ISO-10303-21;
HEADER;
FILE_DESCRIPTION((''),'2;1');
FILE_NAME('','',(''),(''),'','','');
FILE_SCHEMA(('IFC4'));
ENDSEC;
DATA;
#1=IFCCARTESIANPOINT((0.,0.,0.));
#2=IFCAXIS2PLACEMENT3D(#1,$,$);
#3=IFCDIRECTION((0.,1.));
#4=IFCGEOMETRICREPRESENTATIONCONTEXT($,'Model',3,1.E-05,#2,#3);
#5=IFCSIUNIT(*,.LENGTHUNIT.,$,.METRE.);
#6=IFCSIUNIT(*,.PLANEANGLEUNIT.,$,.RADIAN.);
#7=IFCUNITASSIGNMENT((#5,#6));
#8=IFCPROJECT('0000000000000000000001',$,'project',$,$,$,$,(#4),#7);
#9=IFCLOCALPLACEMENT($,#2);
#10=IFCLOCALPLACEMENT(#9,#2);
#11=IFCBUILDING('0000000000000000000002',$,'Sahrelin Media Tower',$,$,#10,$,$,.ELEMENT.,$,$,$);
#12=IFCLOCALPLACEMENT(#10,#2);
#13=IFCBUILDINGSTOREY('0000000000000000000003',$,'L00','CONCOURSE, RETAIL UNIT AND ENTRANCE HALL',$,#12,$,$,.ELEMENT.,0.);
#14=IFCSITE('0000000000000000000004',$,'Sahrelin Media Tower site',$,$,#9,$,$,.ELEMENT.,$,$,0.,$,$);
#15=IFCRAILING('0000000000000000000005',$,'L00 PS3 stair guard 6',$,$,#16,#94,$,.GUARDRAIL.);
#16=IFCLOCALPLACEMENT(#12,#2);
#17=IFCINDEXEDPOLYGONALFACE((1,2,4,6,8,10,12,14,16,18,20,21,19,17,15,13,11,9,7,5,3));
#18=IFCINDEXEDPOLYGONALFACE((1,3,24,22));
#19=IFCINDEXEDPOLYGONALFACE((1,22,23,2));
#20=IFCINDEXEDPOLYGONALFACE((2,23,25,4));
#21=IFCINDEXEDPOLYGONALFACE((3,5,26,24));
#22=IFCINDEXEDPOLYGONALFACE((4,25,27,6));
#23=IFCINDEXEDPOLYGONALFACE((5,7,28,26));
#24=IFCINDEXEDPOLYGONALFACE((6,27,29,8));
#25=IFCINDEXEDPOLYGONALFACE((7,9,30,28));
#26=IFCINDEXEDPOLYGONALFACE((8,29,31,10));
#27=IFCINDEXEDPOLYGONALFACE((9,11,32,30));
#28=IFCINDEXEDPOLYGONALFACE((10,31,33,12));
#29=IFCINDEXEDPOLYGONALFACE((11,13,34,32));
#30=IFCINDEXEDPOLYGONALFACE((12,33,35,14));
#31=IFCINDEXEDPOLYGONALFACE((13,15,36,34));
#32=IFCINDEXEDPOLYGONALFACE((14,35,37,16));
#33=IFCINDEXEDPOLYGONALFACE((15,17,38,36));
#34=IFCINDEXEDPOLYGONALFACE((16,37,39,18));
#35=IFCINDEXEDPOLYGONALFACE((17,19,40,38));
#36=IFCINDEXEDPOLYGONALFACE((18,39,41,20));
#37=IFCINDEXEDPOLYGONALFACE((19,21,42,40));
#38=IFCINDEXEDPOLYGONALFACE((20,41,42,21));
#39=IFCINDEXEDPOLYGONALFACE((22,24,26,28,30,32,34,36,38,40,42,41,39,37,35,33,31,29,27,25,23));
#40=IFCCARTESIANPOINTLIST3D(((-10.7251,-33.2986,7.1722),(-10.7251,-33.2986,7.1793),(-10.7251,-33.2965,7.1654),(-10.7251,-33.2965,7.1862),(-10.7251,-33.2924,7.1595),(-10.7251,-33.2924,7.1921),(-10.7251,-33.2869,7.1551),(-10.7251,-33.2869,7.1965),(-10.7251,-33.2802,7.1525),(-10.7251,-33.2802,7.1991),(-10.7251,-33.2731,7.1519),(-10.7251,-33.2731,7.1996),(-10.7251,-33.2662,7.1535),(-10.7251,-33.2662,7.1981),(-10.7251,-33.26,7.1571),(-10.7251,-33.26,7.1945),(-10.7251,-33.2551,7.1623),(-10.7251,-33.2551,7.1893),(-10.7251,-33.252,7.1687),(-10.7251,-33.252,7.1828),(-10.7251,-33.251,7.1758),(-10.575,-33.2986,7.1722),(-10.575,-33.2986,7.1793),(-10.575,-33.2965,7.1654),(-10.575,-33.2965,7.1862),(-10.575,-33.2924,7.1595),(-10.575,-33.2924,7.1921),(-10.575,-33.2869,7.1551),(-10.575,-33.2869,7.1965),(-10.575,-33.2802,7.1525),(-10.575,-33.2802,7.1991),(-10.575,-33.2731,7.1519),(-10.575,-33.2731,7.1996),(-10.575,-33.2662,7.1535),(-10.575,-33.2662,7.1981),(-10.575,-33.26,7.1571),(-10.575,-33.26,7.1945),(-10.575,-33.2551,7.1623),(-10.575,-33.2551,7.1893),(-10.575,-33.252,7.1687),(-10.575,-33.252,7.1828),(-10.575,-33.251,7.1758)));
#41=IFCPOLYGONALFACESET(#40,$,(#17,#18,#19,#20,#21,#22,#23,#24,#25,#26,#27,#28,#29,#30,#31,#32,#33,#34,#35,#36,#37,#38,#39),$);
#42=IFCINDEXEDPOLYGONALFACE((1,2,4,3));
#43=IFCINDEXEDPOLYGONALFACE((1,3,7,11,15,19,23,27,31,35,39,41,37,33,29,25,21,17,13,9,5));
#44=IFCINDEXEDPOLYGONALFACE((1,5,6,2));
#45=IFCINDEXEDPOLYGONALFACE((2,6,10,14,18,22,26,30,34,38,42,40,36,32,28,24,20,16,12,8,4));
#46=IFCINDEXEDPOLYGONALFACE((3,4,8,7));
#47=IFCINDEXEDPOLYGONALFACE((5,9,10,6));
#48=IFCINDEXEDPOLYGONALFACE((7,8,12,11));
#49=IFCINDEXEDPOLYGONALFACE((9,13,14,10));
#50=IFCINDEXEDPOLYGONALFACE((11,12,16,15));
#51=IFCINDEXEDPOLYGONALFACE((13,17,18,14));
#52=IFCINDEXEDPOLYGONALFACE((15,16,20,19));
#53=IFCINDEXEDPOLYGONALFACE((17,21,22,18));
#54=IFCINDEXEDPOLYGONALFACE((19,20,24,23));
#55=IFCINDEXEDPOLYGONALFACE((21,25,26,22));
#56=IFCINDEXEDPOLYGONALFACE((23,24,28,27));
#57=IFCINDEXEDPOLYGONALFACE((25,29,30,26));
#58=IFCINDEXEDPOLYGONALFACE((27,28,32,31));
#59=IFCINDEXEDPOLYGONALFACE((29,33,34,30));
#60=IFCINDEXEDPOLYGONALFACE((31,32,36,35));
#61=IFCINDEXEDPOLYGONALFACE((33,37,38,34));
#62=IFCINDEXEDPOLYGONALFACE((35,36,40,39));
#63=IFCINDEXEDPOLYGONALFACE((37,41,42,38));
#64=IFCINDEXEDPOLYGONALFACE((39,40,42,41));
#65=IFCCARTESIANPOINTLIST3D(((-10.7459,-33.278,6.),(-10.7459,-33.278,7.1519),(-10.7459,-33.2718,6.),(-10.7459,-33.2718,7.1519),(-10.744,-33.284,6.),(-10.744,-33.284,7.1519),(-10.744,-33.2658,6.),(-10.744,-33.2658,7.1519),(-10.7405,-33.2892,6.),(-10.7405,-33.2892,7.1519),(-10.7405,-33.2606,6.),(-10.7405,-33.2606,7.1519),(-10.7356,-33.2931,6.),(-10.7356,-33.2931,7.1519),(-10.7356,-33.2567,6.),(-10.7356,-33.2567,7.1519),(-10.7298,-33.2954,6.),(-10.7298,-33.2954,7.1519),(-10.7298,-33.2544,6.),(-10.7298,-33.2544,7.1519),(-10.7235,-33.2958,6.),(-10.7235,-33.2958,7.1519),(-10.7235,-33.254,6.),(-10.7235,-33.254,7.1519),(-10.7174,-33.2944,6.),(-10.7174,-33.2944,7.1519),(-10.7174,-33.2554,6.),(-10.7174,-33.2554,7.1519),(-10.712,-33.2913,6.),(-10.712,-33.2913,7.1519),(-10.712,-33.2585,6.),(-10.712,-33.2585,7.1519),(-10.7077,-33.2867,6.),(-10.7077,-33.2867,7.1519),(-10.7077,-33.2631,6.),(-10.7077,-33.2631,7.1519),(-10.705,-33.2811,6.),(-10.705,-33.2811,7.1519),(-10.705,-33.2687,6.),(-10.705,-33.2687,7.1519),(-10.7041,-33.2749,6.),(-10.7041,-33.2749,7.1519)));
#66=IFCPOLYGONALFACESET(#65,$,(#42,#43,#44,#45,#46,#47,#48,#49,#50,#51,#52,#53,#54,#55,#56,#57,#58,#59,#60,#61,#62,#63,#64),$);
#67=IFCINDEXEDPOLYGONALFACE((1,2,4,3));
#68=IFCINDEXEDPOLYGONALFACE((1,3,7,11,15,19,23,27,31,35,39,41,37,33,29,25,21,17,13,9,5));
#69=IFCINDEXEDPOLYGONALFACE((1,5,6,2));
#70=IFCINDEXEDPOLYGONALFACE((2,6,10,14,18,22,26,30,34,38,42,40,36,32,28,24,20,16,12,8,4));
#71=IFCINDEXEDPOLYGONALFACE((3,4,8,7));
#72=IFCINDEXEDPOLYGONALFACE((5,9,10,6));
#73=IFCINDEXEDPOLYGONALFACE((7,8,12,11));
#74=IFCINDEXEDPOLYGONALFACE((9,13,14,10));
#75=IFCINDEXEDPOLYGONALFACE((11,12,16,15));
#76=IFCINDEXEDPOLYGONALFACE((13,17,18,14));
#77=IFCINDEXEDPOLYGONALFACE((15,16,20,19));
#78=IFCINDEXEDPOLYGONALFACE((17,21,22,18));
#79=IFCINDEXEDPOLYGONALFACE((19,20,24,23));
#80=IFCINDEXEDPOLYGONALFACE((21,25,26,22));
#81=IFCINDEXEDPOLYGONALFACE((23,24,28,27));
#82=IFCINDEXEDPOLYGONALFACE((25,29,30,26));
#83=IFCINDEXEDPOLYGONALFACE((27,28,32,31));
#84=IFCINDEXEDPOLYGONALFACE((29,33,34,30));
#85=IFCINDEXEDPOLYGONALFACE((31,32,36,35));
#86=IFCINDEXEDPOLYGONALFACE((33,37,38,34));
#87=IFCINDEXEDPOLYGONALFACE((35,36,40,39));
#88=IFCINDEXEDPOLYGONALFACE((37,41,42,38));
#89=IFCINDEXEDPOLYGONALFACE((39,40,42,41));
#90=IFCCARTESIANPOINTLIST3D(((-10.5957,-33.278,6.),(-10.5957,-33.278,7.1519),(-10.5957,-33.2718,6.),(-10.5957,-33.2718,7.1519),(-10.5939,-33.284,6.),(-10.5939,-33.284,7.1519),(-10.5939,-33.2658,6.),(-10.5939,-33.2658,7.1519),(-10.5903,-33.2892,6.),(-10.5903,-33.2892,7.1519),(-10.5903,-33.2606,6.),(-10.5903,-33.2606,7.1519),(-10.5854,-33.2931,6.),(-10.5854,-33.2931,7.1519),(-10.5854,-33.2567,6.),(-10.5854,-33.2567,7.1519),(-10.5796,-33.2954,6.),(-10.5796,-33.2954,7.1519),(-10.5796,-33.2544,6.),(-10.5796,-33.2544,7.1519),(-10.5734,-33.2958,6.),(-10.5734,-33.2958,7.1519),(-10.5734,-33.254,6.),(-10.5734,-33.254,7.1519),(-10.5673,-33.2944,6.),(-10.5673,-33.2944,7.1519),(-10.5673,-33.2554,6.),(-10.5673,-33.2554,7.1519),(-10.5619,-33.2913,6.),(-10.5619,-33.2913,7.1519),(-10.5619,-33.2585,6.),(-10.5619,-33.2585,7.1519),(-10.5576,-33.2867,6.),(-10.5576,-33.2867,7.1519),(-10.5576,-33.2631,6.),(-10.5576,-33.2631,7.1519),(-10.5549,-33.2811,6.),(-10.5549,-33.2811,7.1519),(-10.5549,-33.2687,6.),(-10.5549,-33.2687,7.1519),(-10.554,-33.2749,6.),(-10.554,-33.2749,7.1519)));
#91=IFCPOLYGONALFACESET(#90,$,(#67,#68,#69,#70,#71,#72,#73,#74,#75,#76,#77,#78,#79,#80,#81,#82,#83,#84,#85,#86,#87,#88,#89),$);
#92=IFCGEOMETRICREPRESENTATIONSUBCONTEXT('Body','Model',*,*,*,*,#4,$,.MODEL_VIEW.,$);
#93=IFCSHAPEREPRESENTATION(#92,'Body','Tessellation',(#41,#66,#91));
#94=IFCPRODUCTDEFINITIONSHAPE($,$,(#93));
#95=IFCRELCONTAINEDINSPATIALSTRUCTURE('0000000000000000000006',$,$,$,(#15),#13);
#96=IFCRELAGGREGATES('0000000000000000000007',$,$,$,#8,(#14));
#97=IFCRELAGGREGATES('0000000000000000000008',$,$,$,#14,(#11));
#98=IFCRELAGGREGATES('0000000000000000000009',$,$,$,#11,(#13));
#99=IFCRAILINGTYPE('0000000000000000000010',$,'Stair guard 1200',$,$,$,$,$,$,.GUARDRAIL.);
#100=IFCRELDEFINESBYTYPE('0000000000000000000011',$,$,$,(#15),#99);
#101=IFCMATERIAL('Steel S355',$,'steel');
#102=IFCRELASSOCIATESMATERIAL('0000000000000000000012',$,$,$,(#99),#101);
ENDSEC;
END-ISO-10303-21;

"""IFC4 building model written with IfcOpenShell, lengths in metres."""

from ifc_helpers import new_model, si_unit, direction, frame, origin, origin_2d, place, context, subcontext, project, spatial, circle, extrude, material, type_object, element, save


model = new_model("IFC4")

# Units and contexts
model_context = context("Model", 3, precision=1e-05, world=origin(), true_north=direction((0.0, 1.0)))
body_context = subcontext(model_context, "Body", "Model", "MODEL_VIEW")
ifc_project = project(units=[si_unit("LENGTHUNIT", "METRE"), si_unit("PLANEANGLEUNIT", "RADIAN")], contexts=[model_context])

# Site, building, storey
site_placement = place(None, origin())
site = spatial("IfcSite", under=ifc_project, at=site_placement, Name="Sahrelin Media Tower site", CompositionType="ELEMENT", RefElevation=0.0)
building_placement = place(site_placement, origin())
building = spatial("IfcBuilding", under=site, at=building_placement, Name="Sahrelin Media Tower", CompositionType="ELEMENT")
storey_placement = place(building_placement, origin())
storey = spatial("IfcBuildingStorey", under=building, at=storey_placement, Name="L00", Description="CONCOURSE, RETAIL UNIT AND ENTRANCE HALL", CompositionType="ELEMENT", Elevation=0.0)

# Shared definitions
ifc_material_1 = material(Name="Steel S355", Category="steel")

# Railing
railing_type = type_object("IfcRailingType", Name="Stair guard 1200", PredefinedType="GUARDRAIL", material=ifc_material_1)
railing_1_placement = place(storey_placement, frame((-10.7251, -33.2749, 6.0)))
element("IfcRailing", 1, at=railing_1_placement, inside=storey, type_object=railing_type, Name="L00 PS3 stair guard 6", PredefinedType="GUARDRAIL", context=body_context, shape_type="SweptSolid", body=[
    extrude(circle(Radius=0.0239, at=origin_2d()), frame((0.0, 0.0, 1.1758), z_axis=(1.0, 0.0, 0.0), x_axis=(0.0, 1.0, 0.0)), (0.0, 0.0, 1.0), 0.1501),
    extrude(circle(Radius=0.021, at=origin_2d()), origin(), (0.0, 0.0, 1.0), 1.1519),
    extrude(circle(Radius=0.021, at=origin_2d()), frame((0.1501, 0.0, 0.0)), (0.0, 0.0, 1.0), 1.1519),
])

save(model, "model.ifc")
